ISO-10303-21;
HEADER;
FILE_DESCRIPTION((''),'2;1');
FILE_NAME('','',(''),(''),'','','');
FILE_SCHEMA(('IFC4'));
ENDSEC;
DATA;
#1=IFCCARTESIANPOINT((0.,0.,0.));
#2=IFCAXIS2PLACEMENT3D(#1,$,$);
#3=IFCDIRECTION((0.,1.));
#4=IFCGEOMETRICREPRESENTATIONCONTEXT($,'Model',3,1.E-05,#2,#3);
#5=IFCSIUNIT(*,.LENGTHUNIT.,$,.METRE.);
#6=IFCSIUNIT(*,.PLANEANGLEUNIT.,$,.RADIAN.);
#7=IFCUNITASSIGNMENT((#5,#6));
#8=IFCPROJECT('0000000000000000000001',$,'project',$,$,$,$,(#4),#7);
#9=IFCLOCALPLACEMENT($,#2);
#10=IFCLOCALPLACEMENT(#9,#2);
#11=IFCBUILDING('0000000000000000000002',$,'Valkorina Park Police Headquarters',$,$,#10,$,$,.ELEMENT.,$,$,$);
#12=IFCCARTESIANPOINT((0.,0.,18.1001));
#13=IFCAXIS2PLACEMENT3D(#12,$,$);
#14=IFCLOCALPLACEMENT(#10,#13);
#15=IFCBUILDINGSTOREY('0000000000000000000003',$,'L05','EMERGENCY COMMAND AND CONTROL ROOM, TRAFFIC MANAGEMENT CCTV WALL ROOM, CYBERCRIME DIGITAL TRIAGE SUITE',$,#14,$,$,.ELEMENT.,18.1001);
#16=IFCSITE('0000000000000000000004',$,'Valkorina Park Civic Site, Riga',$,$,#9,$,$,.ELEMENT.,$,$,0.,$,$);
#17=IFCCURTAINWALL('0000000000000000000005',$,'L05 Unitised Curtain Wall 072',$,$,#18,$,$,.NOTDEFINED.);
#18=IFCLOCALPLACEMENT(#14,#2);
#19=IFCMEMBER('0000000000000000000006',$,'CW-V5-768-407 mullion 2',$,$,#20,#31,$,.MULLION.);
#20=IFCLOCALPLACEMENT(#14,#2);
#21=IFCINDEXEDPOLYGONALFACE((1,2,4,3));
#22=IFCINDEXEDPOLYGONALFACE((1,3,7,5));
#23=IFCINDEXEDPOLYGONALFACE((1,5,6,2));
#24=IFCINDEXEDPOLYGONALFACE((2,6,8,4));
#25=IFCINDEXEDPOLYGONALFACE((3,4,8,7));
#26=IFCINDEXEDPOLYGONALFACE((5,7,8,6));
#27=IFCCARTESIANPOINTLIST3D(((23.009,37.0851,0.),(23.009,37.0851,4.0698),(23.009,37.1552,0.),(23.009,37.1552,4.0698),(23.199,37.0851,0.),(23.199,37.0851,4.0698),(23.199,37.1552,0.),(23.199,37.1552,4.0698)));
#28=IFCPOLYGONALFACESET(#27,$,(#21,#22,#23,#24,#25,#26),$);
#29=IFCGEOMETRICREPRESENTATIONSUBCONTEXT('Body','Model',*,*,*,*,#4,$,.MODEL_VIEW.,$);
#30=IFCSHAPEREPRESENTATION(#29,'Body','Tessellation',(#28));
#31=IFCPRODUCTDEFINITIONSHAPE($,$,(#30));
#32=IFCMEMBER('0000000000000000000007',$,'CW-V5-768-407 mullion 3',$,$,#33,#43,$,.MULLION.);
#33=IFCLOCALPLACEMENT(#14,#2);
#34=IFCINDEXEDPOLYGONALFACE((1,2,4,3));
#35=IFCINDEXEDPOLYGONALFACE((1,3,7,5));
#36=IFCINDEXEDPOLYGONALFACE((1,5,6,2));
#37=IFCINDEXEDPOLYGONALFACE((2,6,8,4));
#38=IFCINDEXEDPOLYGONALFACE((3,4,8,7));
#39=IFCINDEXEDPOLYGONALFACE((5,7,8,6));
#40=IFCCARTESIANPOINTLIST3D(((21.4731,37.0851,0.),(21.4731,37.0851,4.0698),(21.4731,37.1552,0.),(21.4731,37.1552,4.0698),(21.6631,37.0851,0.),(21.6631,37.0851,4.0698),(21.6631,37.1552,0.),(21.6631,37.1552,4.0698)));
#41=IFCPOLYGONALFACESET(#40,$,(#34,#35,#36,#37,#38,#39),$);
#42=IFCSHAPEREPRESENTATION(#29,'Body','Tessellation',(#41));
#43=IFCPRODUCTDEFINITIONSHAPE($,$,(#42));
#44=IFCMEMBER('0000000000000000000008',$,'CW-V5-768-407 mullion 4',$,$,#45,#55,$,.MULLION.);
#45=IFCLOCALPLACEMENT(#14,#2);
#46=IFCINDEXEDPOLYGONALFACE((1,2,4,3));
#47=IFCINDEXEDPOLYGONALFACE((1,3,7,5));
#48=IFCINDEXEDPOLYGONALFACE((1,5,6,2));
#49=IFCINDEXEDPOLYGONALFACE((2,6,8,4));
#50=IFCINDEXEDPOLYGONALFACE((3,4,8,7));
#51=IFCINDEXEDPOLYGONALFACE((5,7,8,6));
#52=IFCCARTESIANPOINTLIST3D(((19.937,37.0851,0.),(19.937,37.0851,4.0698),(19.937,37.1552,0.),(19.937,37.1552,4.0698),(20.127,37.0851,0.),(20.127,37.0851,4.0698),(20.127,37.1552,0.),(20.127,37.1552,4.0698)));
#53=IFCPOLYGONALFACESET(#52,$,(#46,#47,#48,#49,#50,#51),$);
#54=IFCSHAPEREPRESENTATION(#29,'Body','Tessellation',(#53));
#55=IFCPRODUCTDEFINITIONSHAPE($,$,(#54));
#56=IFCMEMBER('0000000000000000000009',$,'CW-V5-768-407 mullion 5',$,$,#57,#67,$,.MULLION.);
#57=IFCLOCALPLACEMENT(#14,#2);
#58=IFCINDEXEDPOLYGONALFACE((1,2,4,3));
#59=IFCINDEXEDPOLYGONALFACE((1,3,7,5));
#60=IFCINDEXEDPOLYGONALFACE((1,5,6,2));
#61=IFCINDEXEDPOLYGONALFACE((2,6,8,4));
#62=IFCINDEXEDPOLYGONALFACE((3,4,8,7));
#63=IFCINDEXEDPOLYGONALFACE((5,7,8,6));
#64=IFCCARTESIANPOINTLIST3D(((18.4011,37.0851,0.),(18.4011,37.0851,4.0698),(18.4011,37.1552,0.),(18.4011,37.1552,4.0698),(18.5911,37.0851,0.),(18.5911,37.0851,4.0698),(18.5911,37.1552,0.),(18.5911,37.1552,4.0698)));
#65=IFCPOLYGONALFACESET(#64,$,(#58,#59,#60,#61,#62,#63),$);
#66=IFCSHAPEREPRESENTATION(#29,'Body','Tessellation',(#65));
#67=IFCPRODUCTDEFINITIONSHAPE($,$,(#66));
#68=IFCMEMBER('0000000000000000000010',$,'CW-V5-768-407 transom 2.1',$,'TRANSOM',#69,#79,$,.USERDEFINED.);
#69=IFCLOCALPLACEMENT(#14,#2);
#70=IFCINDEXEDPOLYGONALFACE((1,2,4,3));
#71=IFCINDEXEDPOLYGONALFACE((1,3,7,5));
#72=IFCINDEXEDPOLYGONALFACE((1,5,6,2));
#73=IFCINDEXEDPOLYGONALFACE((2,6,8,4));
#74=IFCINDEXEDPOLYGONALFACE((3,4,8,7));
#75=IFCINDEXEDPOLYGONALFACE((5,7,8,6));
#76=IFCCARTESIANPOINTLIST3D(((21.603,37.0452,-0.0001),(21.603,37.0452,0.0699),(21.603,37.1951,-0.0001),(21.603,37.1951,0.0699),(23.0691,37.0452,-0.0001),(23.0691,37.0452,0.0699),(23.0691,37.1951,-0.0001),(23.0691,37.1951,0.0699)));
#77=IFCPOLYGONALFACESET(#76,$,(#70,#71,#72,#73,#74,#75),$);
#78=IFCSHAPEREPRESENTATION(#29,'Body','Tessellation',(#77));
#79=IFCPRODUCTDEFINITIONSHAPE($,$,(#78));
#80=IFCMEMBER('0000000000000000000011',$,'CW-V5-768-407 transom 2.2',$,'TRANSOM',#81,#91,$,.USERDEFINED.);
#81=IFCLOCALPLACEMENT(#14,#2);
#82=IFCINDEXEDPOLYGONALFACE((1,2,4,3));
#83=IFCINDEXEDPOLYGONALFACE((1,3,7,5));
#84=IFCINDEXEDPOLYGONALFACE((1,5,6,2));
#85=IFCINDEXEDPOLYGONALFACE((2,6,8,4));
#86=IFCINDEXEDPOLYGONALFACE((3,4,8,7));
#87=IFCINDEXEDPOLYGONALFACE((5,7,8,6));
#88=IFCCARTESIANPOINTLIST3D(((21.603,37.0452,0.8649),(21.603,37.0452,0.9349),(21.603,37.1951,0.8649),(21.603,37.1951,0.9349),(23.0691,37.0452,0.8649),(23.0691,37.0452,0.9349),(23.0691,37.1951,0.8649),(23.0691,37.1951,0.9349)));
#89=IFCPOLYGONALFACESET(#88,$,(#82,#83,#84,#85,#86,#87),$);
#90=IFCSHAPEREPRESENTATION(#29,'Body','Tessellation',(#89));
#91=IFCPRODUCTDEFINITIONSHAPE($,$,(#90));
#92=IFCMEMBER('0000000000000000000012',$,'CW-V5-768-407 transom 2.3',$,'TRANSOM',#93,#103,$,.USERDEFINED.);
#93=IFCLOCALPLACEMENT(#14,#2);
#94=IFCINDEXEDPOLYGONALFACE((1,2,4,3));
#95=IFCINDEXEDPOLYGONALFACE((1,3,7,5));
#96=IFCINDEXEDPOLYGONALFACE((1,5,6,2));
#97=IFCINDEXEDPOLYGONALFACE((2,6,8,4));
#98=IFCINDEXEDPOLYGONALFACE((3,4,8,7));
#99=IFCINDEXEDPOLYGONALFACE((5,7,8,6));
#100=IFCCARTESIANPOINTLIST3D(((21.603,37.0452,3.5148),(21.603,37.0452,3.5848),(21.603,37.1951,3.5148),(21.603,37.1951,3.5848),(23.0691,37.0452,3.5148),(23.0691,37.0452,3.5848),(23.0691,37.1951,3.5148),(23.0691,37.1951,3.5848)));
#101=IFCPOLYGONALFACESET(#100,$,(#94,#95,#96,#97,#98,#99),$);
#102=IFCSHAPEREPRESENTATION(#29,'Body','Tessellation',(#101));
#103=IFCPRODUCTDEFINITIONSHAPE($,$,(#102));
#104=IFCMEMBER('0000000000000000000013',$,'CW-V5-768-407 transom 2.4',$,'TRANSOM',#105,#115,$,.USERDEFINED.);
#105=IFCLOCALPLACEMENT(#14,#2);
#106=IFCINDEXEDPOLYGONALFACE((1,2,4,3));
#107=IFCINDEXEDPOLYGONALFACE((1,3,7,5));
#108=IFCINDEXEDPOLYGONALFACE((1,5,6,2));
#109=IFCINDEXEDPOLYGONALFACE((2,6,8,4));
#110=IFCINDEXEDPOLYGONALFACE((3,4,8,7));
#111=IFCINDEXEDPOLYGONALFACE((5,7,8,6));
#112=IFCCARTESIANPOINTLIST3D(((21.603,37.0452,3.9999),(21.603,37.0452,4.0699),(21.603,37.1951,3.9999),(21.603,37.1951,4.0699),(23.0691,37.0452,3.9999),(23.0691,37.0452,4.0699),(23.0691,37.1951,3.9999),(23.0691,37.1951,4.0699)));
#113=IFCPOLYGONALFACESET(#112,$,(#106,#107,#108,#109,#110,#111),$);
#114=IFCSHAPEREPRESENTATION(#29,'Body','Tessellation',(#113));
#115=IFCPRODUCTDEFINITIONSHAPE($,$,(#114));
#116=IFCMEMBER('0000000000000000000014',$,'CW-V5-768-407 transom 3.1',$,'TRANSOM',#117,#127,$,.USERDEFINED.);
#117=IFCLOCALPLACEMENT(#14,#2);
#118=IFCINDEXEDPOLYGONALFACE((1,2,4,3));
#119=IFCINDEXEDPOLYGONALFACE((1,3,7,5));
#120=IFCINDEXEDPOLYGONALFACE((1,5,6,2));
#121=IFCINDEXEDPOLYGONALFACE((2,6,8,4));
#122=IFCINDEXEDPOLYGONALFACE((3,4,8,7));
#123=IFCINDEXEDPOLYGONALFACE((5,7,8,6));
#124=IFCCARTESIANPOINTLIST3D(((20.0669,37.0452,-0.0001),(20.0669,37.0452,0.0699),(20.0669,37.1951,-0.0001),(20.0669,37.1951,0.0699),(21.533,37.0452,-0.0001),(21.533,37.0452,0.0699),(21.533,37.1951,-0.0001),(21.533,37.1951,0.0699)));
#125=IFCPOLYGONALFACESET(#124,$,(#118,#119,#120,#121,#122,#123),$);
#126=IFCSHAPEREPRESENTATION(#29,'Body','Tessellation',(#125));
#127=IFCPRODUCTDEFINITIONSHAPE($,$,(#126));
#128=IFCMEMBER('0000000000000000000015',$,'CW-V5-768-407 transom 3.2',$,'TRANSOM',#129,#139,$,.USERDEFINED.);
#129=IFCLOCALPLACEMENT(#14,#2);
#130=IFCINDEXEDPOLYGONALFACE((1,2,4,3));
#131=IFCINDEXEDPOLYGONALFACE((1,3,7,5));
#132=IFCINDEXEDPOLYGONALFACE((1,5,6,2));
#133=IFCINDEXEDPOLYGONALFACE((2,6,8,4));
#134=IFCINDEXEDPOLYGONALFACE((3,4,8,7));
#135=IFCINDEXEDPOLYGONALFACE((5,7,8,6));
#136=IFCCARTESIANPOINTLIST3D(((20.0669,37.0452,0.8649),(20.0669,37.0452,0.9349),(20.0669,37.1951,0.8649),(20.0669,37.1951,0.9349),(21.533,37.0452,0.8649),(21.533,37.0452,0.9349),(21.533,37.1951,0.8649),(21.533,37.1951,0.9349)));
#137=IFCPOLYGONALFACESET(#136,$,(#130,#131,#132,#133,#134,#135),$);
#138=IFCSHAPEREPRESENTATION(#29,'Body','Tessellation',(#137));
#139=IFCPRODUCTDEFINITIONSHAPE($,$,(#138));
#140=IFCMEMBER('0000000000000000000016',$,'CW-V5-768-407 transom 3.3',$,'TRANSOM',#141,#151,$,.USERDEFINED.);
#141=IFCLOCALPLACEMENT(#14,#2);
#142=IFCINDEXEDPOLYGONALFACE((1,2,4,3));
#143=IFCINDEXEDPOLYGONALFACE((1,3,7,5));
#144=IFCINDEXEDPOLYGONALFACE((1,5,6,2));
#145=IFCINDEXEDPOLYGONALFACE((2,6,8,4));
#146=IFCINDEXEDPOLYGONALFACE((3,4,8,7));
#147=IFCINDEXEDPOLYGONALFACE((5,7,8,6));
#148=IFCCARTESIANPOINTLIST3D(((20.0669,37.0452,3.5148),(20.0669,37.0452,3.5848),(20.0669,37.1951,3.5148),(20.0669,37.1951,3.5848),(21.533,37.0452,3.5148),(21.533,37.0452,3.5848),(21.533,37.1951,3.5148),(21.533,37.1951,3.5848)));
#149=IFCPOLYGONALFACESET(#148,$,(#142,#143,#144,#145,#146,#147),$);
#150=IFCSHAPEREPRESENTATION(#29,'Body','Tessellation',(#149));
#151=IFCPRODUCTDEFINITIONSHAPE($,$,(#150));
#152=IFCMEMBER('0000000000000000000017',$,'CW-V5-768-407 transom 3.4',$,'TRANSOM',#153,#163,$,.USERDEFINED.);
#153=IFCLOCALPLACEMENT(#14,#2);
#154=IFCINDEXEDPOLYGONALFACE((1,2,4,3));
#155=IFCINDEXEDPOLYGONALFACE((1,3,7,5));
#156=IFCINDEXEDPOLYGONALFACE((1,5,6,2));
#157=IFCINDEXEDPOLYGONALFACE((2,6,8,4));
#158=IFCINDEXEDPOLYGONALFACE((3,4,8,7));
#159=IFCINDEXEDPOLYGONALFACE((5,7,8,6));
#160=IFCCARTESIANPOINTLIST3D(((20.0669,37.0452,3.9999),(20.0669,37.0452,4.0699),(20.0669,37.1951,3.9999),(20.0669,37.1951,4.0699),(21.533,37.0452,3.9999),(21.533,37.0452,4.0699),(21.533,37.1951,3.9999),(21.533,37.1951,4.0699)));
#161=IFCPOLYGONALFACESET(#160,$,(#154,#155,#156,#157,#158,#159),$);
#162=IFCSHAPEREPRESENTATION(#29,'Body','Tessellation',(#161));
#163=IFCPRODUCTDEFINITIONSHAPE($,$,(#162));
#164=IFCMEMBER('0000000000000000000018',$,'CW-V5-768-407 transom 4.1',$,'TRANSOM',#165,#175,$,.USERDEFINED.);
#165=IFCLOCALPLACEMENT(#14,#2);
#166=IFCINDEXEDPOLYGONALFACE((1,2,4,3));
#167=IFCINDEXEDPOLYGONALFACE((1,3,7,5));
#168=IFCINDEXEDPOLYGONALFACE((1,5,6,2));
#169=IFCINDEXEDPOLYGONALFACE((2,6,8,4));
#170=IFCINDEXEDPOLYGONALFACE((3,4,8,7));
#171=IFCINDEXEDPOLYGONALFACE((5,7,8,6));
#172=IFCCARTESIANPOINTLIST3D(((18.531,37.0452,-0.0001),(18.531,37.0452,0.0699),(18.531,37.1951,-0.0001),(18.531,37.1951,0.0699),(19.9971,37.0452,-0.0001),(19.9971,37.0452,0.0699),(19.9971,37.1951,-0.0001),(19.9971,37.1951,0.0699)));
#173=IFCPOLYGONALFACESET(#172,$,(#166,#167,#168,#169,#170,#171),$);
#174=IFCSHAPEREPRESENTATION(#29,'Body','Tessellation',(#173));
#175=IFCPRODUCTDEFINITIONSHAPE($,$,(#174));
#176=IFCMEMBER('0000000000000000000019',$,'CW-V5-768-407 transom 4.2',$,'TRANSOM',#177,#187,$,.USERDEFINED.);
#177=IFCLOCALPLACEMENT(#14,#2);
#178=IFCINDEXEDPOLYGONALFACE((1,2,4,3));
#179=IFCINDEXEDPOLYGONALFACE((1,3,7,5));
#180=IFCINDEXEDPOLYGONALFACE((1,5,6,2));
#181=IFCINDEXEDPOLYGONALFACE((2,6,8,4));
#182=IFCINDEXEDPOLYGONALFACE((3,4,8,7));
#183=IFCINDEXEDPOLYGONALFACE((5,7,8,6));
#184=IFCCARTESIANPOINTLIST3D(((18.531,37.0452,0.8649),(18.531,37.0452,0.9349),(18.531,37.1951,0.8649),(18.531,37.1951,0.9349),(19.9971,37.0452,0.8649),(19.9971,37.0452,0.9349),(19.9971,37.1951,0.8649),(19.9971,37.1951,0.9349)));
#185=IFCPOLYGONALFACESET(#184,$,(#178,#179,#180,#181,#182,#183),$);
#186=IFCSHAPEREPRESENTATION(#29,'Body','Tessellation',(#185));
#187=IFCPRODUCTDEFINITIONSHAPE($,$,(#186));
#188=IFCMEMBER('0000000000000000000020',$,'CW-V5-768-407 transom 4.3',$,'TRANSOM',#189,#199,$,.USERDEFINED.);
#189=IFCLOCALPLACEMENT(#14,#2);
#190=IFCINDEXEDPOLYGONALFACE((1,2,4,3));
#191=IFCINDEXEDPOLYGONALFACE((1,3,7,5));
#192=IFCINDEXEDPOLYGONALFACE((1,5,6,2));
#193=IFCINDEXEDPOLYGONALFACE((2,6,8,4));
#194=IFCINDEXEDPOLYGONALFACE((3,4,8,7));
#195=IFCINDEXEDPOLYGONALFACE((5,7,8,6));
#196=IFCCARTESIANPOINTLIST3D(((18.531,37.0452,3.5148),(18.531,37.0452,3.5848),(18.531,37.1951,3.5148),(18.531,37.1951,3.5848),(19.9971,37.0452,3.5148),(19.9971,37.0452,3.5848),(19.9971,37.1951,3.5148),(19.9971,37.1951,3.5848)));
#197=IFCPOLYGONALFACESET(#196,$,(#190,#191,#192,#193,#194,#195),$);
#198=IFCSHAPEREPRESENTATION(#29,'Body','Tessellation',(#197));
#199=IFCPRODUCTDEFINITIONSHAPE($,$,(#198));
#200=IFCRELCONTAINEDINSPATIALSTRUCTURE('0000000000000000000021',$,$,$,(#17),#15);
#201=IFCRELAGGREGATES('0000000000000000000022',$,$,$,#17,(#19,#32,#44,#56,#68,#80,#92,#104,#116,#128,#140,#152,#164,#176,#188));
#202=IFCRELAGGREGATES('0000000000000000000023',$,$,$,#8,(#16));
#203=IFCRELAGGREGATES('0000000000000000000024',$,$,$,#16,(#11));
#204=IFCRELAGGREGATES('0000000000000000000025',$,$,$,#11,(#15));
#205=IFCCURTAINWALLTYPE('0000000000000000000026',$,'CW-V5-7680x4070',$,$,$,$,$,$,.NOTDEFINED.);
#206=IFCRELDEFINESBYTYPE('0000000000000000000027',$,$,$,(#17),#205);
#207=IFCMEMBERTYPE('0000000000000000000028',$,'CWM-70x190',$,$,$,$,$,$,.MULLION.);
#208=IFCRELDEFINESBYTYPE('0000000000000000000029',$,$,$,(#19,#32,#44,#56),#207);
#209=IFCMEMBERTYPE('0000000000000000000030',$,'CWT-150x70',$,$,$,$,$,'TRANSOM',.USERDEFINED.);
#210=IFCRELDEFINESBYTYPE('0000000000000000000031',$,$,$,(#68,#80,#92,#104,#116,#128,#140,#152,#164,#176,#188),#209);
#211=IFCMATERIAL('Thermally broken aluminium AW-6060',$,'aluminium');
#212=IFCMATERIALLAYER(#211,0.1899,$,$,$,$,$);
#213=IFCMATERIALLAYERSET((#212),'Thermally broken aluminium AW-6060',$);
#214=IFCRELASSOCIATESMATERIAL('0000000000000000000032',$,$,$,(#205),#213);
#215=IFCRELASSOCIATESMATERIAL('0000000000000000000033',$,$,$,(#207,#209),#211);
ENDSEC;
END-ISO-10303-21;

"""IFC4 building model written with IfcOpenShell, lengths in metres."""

from ifc_helpers import new_model, si_unit, direction, frame, origin, origin_2d, place, context, subcontext, project, spatial, rectangle, extrude, material, layer, layer_set, material_profile, profile_set, type_object, element, aggregate, save


model = new_model("IFC4")

# Units and contexts
model_context = context("Model", 3, precision=1e-05, world=origin(), true_north=direction((0.0, 1.0)))
body_context = subcontext(model_context, "Body", "Model", "MODEL_VIEW")
ifc_project = project(units=[si_unit("LENGTHUNIT", "METRE"), si_unit("PLANEANGLEUNIT", "RADIAN")], contexts=[model_context])

# Site, building, storey
site_placement = place(None, origin())
site = spatial("IfcSite", under=ifc_project, at=site_placement, Name="Valkorina Park Civic Site, Riga", CompositionType="ELEMENT", RefElevation=0.0)
building_placement = place(site_placement, origin())
building = spatial("IfcBuilding", under=site, at=building_placement, Name="Valkorina Park Police Headquarters", CompositionType="ELEMENT")
storey_placement = place(building_placement, frame((0.0, 0.0, 18.1001)))
storey = spatial("IfcBuildingStorey", under=building, at=storey_placement, Name="L05", Description="EMERGENCY COMMAND AND CONTROL ROOM, TRAFFIC MANAGEMENT CCTV WALL ROOM, CYBERCRIME DIGITAL TRIAGE SUITE", CompositionType="ELEMENT", Elevation=18.1001)

# Curtain wall, members
ifc_material_1 = material(Name="Thermally broken aluminium AW-6060", Category="aluminium")
ifc_layer_1 = layer(ifc_material_1, 0.1899)
ifc_layer_set_1 = layer_set([ifc_layer_1], Name="Thermally broken aluminium AW-6060")
curtain_wall_type = type_object("IfcCurtainWallType", Name="CW-V5-7680x4070", PredefinedType="NOTDEFINED", material=ifc_layer_set_1)
curtain_wall_placement = place(storey_placement, origin())
curtain_wall = element("IfcCurtainWall", 1, at=curtain_wall_placement, inside=storey, type_object=curtain_wall_type, Name="L05 Unitised Curtain Wall 072", PredefinedType="NOTDEFINED")
ifc_material_profile_1 = material_profile(ifc_material_1, rectangle(XDim=0.0701, YDim=0.1899, at=origin_2d()), Name="CWM-02 70x190")
ifc_profile_set_1 = profile_set([ifc_material_profile_1], Name="Thermally broken aluminium AW-6060")
member_type_1 = type_object("IfcMemberType", Name="CWM-70x190", PredefinedType="MULLION", material=ifc_profile_set_1)
member_1_placement = place(storey_placement, frame((23.104, 37.1201, 0.0), z_axis=(0.0, 0.0, 1.0), x_axis=(0.0, -1.0, 0.0)))
member_1 = element("IfcMember", 2, at=member_1_placement, type_object=member_type_1, Name="CW-V5-768-407 mullion 2", PredefinedType="MULLION", context=body_context, shape_type="SweptSolid", body=[
    extrude(rectangle(XDim=0.0701, YDim=0.1899, at=origin_2d()), origin(), (0.0, 0.0, 1.0), 4.0698),
])
member_2_placement = place(storey_placement, frame((21.5681, 37.1201, 0.0), z_axis=(0.0, 0.0, 1.0), x_axis=(0.0, -1.0, 0.0)))
member_2 = element("IfcMember", 3, at=member_2_placement, type_object=member_type_1, Name="CW-V5-768-407 mullion 3", PredefinedType="MULLION", context=body_context, shape_type="SweptSolid", body=[
    extrude(rectangle(XDim=0.0701, YDim=0.1899, at=origin_2d()), origin(), (0.0, 0.0, 1.0), 4.0698),
])
member_3_placement = place(storey_placement, frame((20.032, 37.1201, 0.0), z_axis=(0.0, 0.0, 1.0), x_axis=(0.0, -1.0, 0.0)))
member_3 = element("IfcMember", 4, at=member_3_placement, type_object=member_type_1, Name="CW-V5-768-407 mullion 4", PredefinedType="MULLION", context=body_context, shape_type="SweptSolid", body=[
    extrude(rectangle(XDim=0.0701, YDim=0.1899, at=origin_2d()), origin(), (0.0, 0.0, 1.0), 4.0698),
])
member_4_placement = place(storey_placement, frame((18.4961, 37.1201, 0.0), z_axis=(0.0, 0.0, 1.0), x_axis=(0.0, -1.0, 0.0)))
member_4 = element("IfcMember", 5, at=member_4_placement, type_object=member_type_1, Name="CW-V5-768-407 mullion 5", PredefinedType="MULLION", context=body_context, shape_type="SweptSolid", body=[
    extrude(rectangle(XDim=0.0701, YDim=0.1899, at=origin_2d()), origin(), (0.0, 0.0, 1.0), 4.0698),
])
ifc_material_profile_2 = material_profile(ifc_material_1, rectangle(XDim=0.1499, YDim=0.0701, at=origin_2d()), Name="CWT-02 150x70")
ifc_profile_set_2 = profile_set([ifc_material_profile_2], Name="Thermally broken aluminium AW-6060")
member_type_2 = type_object("IfcMemberType", Name="CWT-150x70", ElementType="TRANSOM", PredefinedType="USERDEFINED", material=ifc_profile_set_2)
member_5_placement = place(storey_placement, frame((23.0691, 37.1201, 0.0349), z_axis=(-1.0, 0.0, 0.0), x_axis=(0.0, -1.0, 0.0)))
member_5 = element("IfcMember", 6, at=member_5_placement, type_object=member_type_2, Name="CW-V5-768-407 transom 2.1", ObjectType="TRANSOM", PredefinedType="USERDEFINED", context=body_context, shape_type="SweptSolid", body=[
    extrude(rectangle(XDim=0.1499, YDim=0.0701, at=origin_2d()), origin(), (0.0, 0.0, 1.0), 1.4661),
])
member_6_placement = place(storey_placement, frame((23.0691, 37.1201, 0.8999), z_axis=(-1.0, 0.0, 0.0), x_axis=(0.0, -1.0, 0.0)))
member_6 = element("IfcMember", 7, at=member_6_placement, type_object=member_type_2, Name="CW-V5-768-407 transom 2.2", ObjectType="TRANSOM", PredefinedType="USERDEFINED", context=body_context, shape_type="SweptSolid", body=[
    extrude(rectangle(XDim=0.1499, YDim=0.0701, at=origin_2d()), origin(), (0.0, 0.0, 1.0), 1.4661),
])
member_7_placement = place(storey_placement, frame((23.0691, 37.1201, 3.5498), z_axis=(-1.0, 0.0, 0.0), x_axis=(0.0, -1.0, 0.0)))
member_7 = element("IfcMember", 8, at=member_7_placement, type_object=member_type_2, Name="CW-V5-768-407 transom 2.3", ObjectType="TRANSOM", PredefinedType="USERDEFINED", context=body_context, shape_type="SweptSolid", body=[
    extrude(rectangle(XDim=0.1499, YDim=0.0701, at=origin_2d()), origin(), (0.0, 0.0, 1.0), 1.4661),
])
member_8_placement = place(storey_placement, frame((23.0691, 37.1201, 4.0349), z_axis=(-1.0, 0.0, 0.0), x_axis=(0.0, -1.0, 0.0)))
member_8 = element("IfcMember", 9, at=member_8_placement, type_object=member_type_2, Name="CW-V5-768-407 transom 2.4", ObjectType="TRANSOM", PredefinedType="USERDEFINED", context=body_context, shape_type="SweptSolid", body=[
    extrude(rectangle(XDim=0.1499, YDim=0.0701, at=origin_2d()), origin(), (0.0, 0.0, 1.0), 1.4661),
])
member_9_placement = place(storey_placement, frame((21.533, 37.1201, 0.0349), z_axis=(-1.0, 0.0, 0.0), x_axis=(0.0, -1.0, 0.0)))
member_9 = element("IfcMember", 10, at=member_9_placement, type_object=member_type_2, Name="CW-V5-768-407 transom 3.1", ObjectType="TRANSOM", PredefinedType="USERDEFINED", context=body_context, shape_type="SweptSolid", body=[
    extrude(rectangle(XDim=0.1499, YDim=0.0701, at=origin_2d()), origin(), (0.0, 0.0, 1.0), 1.4661),
])
member_10_placement = place(storey_placement, frame((21.533, 37.1201, 0.8999), z_axis=(-1.0, 0.0, 0.0), x_axis=(0.0, -1.0, 0.0)))
member_10 = element("IfcMember", 11, at=member_10_placement, type_object=member_type_2, Name="CW-V5-768-407 transom 3.2", ObjectType="TRANSOM", PredefinedType="USERDEFINED", context=body_context, shape_type="SweptSolid", body=[
    extrude(rectangle(XDim=0.1499, YDim=0.0701, at=origin_2d()), origin(), (0.0, 0.0, 1.0), 1.4661),
])
member_11_placement = place(storey_placement, frame((21.533, 37.1201, 3.5498), z_axis=(-1.0, 0.0, 0.0), x_axis=(0.0, -1.0, 0.0)))
member_11 = element("IfcMember", 12, at=member_11_placement, type_object=member_type_2, Name="CW-V5-768-407 transom 3.3", ObjectType="TRANSOM", PredefinedType="USERDEFINED", context=body_context, shape_type="SweptSolid", body=[
    extrude(rectangle(XDim=0.1499, YDim=0.0701, at=origin_2d()), origin(), (0.0, 0.0, 1.0), 1.4661),
])
member_12_placement = place(storey_placement, frame((21.533, 37.1201, 4.0349), z_axis=(-1.0, 0.0, 0.0), x_axis=(0.0, -1.0, 0.0)))
member_12 = element("IfcMember", 13, at=member_12_placement, type_object=member_type_2, Name="CW-V5-768-407 transom 3.4", ObjectType="TRANSOM", PredefinedType="USERDEFINED", context=body_context, shape_type="SweptSolid", body=[
    extrude(rectangle(XDim=0.1499, YDim=0.0701, at=origin_2d()), origin(), (0.0, 0.0, 1.0), 1.4661),
])
member_13_placement = place(storey_placement, frame((19.9971, 37.1201, 0.0349), z_axis=(-1.0, 0.0, 0.0), x_axis=(0.0, -1.0, 0.0)))
member_13 = element("IfcMember", 14, at=member_13_placement, type_object=member_type_2, Name="CW-V5-768-407 transom 4.1", ObjectType="TRANSOM", PredefinedType="USERDEFINED", context=body_context, shape_type="SweptSolid", body=[
    extrude(rectangle(XDim=0.1499, YDim=0.0701, at=origin_2d()), origin(), (0.0, 0.0, 1.0), 1.4661),
])
member_14_placement = place(storey_placement, frame((19.9971, 37.1201, 0.8999), z_axis=(-1.0, 0.0, 0.0), x_axis=(0.0, -1.0, 0.0)))
member_14 = element("IfcMember", 15, at=member_14_placement, type_object=member_type_2, Name="CW-V5-768-407 transom 4.2", ObjectType="TRANSOM", PredefinedType="USERDEFINED", context=body_context, shape_type="SweptSolid", body=[
    extrude(rectangle(XDim=0.1499, YDim=0.0701, at=origin_2d()), origin(), (0.0, 0.0, 1.0), 1.4661),
])
member_15_placement = place(storey_placement, frame((19.9971, 37.1201, 3.5498), z_axis=(-1.0, 0.0, 0.0), x_axis=(0.0, -1.0, 0.0)))
member_15 = element("IfcMember", 16, at=member_15_placement, type_object=member_type_2, Name="CW-V5-768-407 transom 4.3", ObjectType="TRANSOM", PredefinedType="USERDEFINED", context=body_context, shape_type="SweptSolid", body=[
    extrude(rectangle(XDim=0.1499, YDim=0.0701, at=origin_2d()), origin(), (0.0, 0.0, 1.0), 1.4661),
])
aggregate(curtain_wall, [member_1, member_2, member_3, member_4, member_5, member_6, member_7, member_8, member_9, member_10, member_11, member_12, member_13, member_14, member_15])

save(model, "model.ifc")
